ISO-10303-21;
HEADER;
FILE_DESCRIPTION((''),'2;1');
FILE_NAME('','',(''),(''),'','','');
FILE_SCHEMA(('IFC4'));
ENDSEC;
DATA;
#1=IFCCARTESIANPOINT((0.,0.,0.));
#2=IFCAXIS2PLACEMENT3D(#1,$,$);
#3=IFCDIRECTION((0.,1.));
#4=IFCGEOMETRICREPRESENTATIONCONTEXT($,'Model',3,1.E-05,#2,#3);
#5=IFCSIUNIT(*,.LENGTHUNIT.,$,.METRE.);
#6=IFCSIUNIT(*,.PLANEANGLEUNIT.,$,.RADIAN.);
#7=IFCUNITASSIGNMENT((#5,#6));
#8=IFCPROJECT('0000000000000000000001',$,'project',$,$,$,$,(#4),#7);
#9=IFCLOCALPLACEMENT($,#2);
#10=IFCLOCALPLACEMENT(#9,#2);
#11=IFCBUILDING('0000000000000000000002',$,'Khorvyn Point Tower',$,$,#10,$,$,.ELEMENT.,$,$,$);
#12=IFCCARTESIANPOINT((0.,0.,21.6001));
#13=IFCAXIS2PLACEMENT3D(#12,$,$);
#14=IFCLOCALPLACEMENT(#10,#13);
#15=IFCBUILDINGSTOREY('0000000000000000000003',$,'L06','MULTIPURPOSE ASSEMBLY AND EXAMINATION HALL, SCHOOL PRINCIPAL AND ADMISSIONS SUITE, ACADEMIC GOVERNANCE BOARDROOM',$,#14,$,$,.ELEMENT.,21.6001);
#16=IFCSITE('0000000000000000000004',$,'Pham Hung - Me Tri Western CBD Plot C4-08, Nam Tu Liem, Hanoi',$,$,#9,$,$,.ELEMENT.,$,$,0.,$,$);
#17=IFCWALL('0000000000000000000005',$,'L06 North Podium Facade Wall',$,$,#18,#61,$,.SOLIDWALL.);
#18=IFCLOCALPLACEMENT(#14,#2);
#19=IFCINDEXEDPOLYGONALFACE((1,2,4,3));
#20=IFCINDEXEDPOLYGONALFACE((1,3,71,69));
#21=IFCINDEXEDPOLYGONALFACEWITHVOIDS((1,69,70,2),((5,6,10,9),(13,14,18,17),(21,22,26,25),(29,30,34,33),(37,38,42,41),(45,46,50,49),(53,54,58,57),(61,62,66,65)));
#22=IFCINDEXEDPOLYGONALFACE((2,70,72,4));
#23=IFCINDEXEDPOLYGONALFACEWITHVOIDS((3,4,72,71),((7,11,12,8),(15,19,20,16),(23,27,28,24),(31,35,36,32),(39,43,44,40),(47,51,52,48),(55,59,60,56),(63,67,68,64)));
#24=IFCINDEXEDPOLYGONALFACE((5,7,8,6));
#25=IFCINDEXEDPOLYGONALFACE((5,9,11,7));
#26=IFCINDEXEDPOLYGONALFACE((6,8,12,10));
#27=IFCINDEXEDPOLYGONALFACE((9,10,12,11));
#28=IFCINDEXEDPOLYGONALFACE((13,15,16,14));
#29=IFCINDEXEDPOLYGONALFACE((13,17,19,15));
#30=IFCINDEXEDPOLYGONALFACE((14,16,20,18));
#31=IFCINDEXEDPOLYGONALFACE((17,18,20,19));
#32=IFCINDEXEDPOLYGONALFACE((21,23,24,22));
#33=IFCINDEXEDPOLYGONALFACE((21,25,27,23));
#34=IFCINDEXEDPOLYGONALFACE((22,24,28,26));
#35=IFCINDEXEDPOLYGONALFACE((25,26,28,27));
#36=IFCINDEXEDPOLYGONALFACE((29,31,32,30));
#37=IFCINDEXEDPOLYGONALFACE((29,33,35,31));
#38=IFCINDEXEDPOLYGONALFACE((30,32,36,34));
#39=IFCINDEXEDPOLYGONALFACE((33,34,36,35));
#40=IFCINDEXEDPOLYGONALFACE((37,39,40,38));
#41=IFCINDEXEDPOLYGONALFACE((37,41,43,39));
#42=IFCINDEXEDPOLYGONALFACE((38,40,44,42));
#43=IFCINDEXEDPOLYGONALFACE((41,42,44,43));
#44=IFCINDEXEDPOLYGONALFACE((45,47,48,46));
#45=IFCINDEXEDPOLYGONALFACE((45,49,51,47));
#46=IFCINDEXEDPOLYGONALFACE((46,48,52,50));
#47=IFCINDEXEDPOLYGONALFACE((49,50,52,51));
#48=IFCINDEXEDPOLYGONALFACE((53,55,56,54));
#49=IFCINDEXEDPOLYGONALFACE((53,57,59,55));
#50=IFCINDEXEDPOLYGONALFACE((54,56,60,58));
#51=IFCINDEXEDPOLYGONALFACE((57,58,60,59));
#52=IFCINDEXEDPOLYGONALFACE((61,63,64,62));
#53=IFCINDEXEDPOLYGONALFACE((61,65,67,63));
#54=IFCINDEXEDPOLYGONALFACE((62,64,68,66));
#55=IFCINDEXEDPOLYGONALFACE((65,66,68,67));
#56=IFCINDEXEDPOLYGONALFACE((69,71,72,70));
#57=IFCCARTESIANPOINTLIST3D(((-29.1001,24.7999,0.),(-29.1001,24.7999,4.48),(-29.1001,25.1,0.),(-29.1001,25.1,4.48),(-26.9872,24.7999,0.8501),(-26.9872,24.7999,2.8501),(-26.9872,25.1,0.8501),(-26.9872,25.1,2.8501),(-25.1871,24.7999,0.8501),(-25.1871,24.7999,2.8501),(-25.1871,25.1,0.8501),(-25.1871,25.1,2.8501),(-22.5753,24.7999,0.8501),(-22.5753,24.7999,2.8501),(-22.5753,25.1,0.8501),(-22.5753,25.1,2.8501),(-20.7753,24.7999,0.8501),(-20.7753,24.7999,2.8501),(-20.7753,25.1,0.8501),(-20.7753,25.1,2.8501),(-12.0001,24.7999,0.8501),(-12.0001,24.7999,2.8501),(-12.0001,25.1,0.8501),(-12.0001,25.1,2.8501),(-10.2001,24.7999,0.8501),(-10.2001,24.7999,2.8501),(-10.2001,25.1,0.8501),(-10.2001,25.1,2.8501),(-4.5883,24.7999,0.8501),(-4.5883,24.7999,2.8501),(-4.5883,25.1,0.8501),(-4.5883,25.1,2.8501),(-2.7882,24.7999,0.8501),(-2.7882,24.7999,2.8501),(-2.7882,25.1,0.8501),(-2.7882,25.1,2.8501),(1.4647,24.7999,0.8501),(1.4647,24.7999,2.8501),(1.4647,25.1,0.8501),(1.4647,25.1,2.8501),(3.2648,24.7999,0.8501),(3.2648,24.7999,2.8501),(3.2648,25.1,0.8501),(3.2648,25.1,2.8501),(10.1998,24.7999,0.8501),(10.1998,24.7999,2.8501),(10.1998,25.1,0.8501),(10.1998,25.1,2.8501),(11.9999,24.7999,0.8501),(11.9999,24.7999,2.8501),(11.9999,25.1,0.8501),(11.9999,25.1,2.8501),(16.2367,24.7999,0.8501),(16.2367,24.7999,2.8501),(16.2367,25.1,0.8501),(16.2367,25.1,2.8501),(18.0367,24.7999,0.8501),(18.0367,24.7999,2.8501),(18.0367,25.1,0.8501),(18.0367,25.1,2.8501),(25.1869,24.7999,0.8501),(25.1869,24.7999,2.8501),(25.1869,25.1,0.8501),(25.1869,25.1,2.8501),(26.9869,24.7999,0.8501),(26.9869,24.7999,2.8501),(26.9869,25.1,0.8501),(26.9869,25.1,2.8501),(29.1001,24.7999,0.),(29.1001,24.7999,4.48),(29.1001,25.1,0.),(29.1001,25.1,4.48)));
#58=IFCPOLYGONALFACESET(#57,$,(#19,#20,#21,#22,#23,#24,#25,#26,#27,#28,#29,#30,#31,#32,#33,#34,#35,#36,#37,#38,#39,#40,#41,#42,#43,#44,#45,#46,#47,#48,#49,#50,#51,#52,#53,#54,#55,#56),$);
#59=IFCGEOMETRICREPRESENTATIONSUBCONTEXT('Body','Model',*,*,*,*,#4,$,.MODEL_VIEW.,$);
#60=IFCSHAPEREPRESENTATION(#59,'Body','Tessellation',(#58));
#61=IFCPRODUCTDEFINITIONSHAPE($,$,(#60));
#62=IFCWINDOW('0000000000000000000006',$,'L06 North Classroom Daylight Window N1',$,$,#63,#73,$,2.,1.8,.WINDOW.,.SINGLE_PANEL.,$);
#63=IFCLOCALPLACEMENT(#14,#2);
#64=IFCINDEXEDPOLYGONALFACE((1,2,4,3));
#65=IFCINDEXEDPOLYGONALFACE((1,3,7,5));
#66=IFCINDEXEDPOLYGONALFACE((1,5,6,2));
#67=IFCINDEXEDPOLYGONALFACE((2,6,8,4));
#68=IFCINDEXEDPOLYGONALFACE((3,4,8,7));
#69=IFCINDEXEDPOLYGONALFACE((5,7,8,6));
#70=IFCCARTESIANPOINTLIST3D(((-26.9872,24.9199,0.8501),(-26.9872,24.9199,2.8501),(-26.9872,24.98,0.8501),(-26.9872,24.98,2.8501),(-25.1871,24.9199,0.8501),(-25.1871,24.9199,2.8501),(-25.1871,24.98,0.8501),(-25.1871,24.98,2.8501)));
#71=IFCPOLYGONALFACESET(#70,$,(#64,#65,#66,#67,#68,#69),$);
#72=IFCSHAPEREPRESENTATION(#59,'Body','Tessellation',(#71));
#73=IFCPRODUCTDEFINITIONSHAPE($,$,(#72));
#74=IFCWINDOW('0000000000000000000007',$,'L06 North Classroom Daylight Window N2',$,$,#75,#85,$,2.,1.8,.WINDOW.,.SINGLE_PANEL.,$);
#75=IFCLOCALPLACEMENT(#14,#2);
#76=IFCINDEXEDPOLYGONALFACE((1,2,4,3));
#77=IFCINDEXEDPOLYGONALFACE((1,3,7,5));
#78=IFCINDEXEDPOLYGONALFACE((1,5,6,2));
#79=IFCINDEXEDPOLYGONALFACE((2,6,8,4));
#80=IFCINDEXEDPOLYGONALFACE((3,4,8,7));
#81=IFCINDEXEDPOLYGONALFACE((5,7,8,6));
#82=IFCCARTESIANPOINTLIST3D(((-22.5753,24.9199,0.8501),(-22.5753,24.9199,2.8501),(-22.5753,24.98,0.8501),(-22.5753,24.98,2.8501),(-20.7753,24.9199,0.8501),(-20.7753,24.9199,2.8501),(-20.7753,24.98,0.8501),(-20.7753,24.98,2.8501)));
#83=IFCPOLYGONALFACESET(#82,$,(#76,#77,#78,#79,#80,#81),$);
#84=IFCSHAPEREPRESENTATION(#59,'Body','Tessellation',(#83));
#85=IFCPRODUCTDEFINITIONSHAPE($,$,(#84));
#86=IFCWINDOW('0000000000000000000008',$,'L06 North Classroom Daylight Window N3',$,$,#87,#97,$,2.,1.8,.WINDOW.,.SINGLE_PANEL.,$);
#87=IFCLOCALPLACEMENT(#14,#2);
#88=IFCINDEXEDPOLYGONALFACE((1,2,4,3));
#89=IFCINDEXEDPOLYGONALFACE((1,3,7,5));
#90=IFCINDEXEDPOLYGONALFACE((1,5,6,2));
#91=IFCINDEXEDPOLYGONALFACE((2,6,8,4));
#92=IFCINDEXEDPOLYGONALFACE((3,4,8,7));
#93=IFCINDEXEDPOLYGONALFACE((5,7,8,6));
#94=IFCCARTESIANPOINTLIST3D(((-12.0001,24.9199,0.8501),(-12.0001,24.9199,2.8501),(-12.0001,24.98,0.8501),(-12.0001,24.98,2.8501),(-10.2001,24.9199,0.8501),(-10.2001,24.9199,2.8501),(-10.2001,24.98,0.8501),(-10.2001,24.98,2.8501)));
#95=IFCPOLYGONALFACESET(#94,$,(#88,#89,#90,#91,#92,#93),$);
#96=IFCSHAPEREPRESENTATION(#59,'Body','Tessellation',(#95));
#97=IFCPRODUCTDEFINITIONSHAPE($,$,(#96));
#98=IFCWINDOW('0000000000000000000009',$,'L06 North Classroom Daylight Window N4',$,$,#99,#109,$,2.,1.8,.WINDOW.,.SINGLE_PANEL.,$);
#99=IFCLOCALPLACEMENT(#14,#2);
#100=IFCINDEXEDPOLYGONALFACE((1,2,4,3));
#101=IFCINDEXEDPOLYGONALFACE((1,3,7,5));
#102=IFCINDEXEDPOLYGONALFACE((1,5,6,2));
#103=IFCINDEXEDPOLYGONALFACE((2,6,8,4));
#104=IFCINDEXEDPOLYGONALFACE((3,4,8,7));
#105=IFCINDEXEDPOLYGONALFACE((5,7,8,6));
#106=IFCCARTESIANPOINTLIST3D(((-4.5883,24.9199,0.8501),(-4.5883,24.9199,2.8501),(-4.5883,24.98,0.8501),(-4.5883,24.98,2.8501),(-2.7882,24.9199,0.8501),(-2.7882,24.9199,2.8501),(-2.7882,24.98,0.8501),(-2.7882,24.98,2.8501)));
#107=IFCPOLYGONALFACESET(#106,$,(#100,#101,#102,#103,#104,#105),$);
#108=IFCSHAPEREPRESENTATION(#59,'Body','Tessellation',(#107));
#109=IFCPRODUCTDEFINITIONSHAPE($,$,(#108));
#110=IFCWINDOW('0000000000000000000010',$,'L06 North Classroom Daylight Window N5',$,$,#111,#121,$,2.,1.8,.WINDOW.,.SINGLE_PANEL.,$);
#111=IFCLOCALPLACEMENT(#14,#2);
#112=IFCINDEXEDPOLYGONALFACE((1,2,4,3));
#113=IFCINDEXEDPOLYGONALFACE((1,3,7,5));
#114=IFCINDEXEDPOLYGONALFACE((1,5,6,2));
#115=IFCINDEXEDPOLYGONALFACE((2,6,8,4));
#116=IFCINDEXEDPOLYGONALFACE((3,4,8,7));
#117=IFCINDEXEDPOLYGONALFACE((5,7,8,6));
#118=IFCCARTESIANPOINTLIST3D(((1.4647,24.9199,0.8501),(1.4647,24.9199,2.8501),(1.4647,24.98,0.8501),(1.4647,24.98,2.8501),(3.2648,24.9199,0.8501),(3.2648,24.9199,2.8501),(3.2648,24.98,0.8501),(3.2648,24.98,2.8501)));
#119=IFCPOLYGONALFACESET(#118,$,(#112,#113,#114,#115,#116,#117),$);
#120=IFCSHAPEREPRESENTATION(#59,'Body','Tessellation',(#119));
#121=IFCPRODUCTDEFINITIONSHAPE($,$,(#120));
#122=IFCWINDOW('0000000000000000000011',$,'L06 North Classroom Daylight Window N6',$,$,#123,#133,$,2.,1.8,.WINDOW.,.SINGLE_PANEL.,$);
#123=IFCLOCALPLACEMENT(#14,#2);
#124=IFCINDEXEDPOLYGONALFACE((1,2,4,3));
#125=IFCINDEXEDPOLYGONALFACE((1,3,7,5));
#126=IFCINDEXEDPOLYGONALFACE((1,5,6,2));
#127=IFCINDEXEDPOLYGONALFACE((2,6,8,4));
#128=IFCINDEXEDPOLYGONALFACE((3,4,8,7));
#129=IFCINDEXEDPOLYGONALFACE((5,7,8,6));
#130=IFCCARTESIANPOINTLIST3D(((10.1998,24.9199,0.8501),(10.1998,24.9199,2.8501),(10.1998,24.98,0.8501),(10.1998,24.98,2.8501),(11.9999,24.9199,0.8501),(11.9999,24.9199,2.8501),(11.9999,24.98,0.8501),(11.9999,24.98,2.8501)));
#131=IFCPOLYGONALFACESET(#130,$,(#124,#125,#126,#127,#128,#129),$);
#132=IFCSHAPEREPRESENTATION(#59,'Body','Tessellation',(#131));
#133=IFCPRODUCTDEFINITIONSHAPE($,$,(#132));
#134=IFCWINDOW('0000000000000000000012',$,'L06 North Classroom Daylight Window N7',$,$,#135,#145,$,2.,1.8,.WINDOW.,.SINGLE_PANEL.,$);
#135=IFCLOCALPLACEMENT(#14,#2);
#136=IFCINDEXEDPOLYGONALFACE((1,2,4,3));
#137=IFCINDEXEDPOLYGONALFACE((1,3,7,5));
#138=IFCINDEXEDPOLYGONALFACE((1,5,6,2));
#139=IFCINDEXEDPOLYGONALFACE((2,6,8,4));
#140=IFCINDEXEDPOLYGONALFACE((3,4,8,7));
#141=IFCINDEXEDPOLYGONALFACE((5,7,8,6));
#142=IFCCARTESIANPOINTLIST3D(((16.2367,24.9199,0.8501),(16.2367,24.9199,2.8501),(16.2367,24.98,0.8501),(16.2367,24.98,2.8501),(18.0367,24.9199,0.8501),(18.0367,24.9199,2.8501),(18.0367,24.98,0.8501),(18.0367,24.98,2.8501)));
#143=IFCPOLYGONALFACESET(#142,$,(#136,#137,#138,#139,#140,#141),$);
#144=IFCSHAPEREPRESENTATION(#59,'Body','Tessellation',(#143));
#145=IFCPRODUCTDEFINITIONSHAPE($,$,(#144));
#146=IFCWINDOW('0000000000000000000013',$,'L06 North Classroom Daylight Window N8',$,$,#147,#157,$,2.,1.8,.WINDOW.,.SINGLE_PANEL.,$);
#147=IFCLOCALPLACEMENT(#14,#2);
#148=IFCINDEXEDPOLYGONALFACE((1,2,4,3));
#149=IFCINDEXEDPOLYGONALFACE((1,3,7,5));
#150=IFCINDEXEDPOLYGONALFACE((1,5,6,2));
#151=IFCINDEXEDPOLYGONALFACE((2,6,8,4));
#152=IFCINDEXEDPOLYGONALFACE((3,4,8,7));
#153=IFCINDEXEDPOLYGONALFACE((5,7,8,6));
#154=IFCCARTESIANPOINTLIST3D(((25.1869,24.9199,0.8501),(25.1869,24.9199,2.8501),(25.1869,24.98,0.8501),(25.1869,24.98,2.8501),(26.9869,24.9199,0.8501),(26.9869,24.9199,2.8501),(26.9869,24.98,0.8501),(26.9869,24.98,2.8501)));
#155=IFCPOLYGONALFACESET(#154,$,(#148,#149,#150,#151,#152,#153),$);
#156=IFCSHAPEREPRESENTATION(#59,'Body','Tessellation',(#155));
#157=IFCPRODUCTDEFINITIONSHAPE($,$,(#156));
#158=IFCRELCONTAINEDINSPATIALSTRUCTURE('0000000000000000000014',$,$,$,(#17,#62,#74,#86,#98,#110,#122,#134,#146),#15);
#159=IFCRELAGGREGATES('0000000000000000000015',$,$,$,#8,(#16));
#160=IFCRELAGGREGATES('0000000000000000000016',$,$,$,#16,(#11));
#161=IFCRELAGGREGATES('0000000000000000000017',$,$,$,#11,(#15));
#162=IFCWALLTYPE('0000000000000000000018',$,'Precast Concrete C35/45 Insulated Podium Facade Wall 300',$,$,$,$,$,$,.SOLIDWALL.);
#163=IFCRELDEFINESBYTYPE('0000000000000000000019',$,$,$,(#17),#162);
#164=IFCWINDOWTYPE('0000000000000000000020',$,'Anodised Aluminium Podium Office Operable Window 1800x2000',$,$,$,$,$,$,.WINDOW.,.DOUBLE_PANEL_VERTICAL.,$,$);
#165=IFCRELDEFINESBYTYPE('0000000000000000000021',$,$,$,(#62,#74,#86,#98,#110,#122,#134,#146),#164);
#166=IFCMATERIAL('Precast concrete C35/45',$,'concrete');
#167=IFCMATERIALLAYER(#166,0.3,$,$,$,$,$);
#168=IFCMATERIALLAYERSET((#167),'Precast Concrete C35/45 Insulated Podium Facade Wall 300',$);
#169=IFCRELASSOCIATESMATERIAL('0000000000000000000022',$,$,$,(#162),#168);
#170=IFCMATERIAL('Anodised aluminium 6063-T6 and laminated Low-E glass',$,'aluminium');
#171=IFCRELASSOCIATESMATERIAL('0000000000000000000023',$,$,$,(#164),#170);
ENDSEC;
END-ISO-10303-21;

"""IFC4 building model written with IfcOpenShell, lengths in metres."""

from ifc_helpers import new_model, si_unit, direction, frame, frame_2d, origin, place, context, subcontext, project, spatial, rectangle, extrude, material, layer, layer_set, type_object, element, fill, save


model = new_model("IFC4")

# Units and contexts
model_context = context("Model", 3, precision=1e-05, world=origin(), true_north=direction((0.0, 1.0)))
body_context = subcontext(model_context, "Body", "Model", "MODEL_VIEW")
ifc_project = project(units=[si_unit("LENGTHUNIT", "METRE"), si_unit("PLANEANGLEUNIT", "RADIAN")], contexts=[model_context])

# Site, building, storey
site_placement = place(None, origin())
site = spatial("IfcSite", under=ifc_project, at=site_placement, Name="Pham Hung - Me Tri Western CBD Plot C4-08, Nam Tu Liem, Hanoi", CompositionType="ELEMENT", RefElevation=0.0)
building_placement = place(site_placement, origin())
building = spatial("IfcBuilding", under=site, at=building_placement, Name="Khorvyn Point Tower", CompositionType="ELEMENT")
storey_placement = place(building_placement, frame((0.0, 0.0, 21.6001)))
storey = spatial("IfcBuildingStorey", under=building, at=storey_placement, Name="L06", Description="MULTIPURPOSE ASSEMBLY AND EXAMINATION HALL, SCHOOL PRINCIPAL AND ADMISSIONS SUITE, ACADEMIC GOVERNANCE BOARDROOM", CompositionType="ELEMENT", Elevation=21.6001)

# Shared definitions
ifc_material_1 = material(Name="Anodised aluminium 6063-T6 and laminated Low-E glass", Category="aluminium")

# Wall, openings, windows
ifc_material_2 = material(Name="Precast concrete C35/45", Category="concrete")
ifc_layer_1 = layer(ifc_material_2, 0.3)
ifc_layer_set_1 = layer_set([ifc_layer_1], Name="Precast Concrete C35/45 Insulated Podium Facade Wall 300")
wall_type_1 = type_object("IfcWallType", Name="Precast Concrete C35/45 Insulated Podium Facade Wall 300", PredefinedType="SOLIDWALL", material=ifc_layer_set_1)
wall_1_placement = place(storey_placement, frame((-29.1001, 24.95, 0.0), z_axis=(0.0, 0.0, 1.0), x_axis=(1.0, 0.0, 0.0)))
wall_1 = element("IfcWall", 1, at=wall_1_placement, inside=storey, type_object=wall_type_1, Name="L06 North Podium Facade Wall", PredefinedType="SOLIDWALL", context=body_context, shape_type="SweptSolid", body=[
    extrude(rectangle(XDim=58.2002, YDim=0.3, at=frame_2d((29.1001, 0.0))), origin(), (0.0, 0.0, 1.0), 4.48),
])
opening_1_placement = place(wall_1_placement, frame((2.113, 0.0, 0.8501)))
opening_1 = element("IfcOpeningElement", 2, at=opening_1_placement, cuts=wall_1, PredefinedType="OPENING", context=body_context, shape_type="SweptSolid", body=[
    extrude(rectangle(XDim=1.8, YDim=2.0, at=frame_2d((0.8999, 1.0))), frame((0.0, 0.1599, 0.0), z_axis=(0.0, -1.0, 0.0), x_axis=(1.0, 0.0, 0.0)), (0.0, 0.0, 1.0), 0.3201),
])
opening_2_placement = place(wall_1_placement, frame((6.5249, 0.0, 0.8501)))
opening_2 = element("IfcOpeningElement", 3, at=opening_2_placement, cuts=wall_1, PredefinedType="OPENING", context=body_context, shape_type="SweptSolid", body=[
    extrude(rectangle(XDim=1.8, YDim=2.0, at=frame_2d((0.8999, 1.0))), frame((0.0, 0.1599, 0.0), z_axis=(0.0, -1.0, 0.0), x_axis=(1.0, 0.0, 0.0)), (0.0, 0.0, 1.0), 0.3201),
])
opening_3_placement = place(wall_1_placement, frame((17.1001, 0.0, 0.8501)))
opening_3 = element("IfcOpeningElement", 4, at=opening_3_placement, cuts=wall_1, PredefinedType="OPENING", context=body_context, shape_type="SweptSolid", body=[
    extrude(rectangle(XDim=1.8, YDim=2.0, at=frame_2d((0.8999, 1.0))), frame((0.0, 0.1599, 0.0), z_axis=(0.0, -1.0, 0.0), x_axis=(1.0, 0.0, 0.0)), (0.0, 0.0, 1.0), 0.3201),
])
opening_4_placement = place(wall_1_placement, frame((24.512, 0.0, 0.8501)))
opening_4 = element("IfcOpeningElement", 5, at=opening_4_placement, cuts=wall_1, PredefinedType="OPENING", context=body_context, shape_type="SweptSolid", body=[
    extrude(rectangle(XDim=1.8, YDim=2.0, at=frame_2d((0.8999, 1.0))), frame((0.0, 0.1599, 0.0), z_axis=(0.0, -1.0, 0.0), x_axis=(1.0, 0.0, 0.0)), (0.0, 0.0, 1.0), 0.3201),
])
opening_5_placement = place(wall_1_placement, frame((30.5649, 0.0, 0.8501)))
opening_5 = element("IfcOpeningElement", 6, at=opening_5_placement, cuts=wall_1, PredefinedType="OPENING", context=body_context, shape_type="SweptSolid", body=[
    extrude(rectangle(XDim=1.8, YDim=2.0, at=frame_2d((0.8999, 1.0))), frame((0.0, 0.1599, 0.0), z_axis=(0.0, -1.0, 0.0), x_axis=(1.0, 0.0, 0.0)), (0.0, 0.0, 1.0), 0.3201),
])
opening_6_placement = place(wall_1_placement, frame((39.3, 0.0, 0.8501)))
opening_6 = element("IfcOpeningElement", 7, at=opening_6_placement, cuts=wall_1, PredefinedType="OPENING", context=body_context, shape_type="SweptSolid", body=[
    extrude(rectangle(XDim=1.8, YDim=2.0, at=frame_2d((0.8999, 1.0))), frame((0.0, 0.1599, 0.0), z_axis=(0.0, -1.0, 0.0), x_axis=(1.0, 0.0, 0.0)), (0.0, 0.0, 1.0), 0.3201),
])
opening_7_placement = place(wall_1_placement, frame((45.3369, 0.0, 0.8501)))
opening_7 = element("IfcOpeningElement", 8, at=opening_7_placement, cuts=wall_1, PredefinedType="OPENING", context=body_context, shape_type="SweptSolid", body=[
    extrude(rectangle(XDim=1.8, YDim=2.0, at=frame_2d((0.8999, 1.0))), frame((0.0, 0.1599, 0.0), z_axis=(0.0, -1.0, 0.0), x_axis=(1.0, 0.0, 0.0)), (0.0, 0.0, 1.0), 0.3201),
])
opening_8_placement = place(wall_1_placement, frame((54.2871, 0.0, 0.8501)))
opening_8 = element("IfcOpeningElement", 9, at=opening_8_placement, cuts=wall_1, PredefinedType="OPENING", context=body_context, shape_type="SweptSolid", body=[
    extrude(rectangle(XDim=1.8, YDim=2.0, at=frame_2d((0.8999, 1.0))), frame((0.0, 0.1599, 0.0), z_axis=(0.0, -1.0, 0.0), x_axis=(1.0, 0.0, 0.0)), (0.0, 0.0, 1.0), 0.3201),
])
window_type_1 = type_object("IfcWindowType", Name="Anodised Aluminium Podium Office Operable Window 1800x2000", PartitioningType="DOUBLE_PANEL_VERTICAL", PredefinedType="WINDOW", material=ifc_material_1)
window_1_placement = place(opening_1_placement, origin())
window_1 = element("IfcWindow", 10, at=window_1_placement, inside=storey, type_object=window_type_1, Name="L06 North Classroom Daylight Window N1", OverallHeight=2.0, OverallWidth=1.8, PartitioningType="SINGLE_PANEL", PredefinedType="WINDOW", context=body_context, shape_type="SweptSolid", body=[
    extrude(rectangle(XDim=1.8, YDim=2.0, at=frame_2d((0.8999, 1.0))), frame((0.0, 0.03, 0.0), z_axis=(0.0, -1.0, 0.0), x_axis=(1.0, 0.0, 0.0)), (0.0, 0.0, 1.0), 0.0601),
])
fill(opening_1, window_1)
window_2_placement = place(opening_2_placement, origin())
window_2 = element("IfcWindow", 11, at=window_2_placement, inside=storey, type_object=window_type_1, Name="L06 North Classroom Daylight Window N2", OverallHeight=2.0, OverallWidth=1.8, PartitioningType="SINGLE_PANEL", PredefinedType="WINDOW", context=body_context, shape_type="SweptSolid", body=[
    extrude(rectangle(XDim=1.8, YDim=2.0, at=frame_2d((0.8999, 1.0))), frame((0.0, 0.03, 0.0), z_axis=(0.0, -1.0, 0.0), x_axis=(1.0, 0.0, 0.0)), (0.0, 0.0, 1.0), 0.0601),
])
fill(opening_2, window_2)
window_3_placement = place(opening_3_placement, origin())
window_3 = element("IfcWindow", 12, at=window_3_placement, inside=storey, type_object=window_type_1, Name="L06 North Classroom Daylight Window N3", OverallHeight=2.0, OverallWidth=1.8, PartitioningType="SINGLE_PANEL", PredefinedType="WINDOW", context=body_context, shape_type="SweptSolid", body=[
    extrude(rectangle(XDim=1.8, YDim=2.0, at=frame_2d((0.8999, 1.0))), frame((0.0, 0.03, 0.0), z_axis=(0.0, -1.0, 0.0), x_axis=(1.0, 0.0, 0.0)), (0.0, 0.0, 1.0), 0.0601),
])
fill(opening_3, window_3)
window_4_placement = place(opening_4_placement, origin())
window_4 = element("IfcWindow", 13, at=window_4_placement, inside=storey, type_object=window_type_1, Name="L06 North Classroom Daylight Window N4", OverallHeight=2.0, OverallWidth=1.8, PartitioningType="SINGLE_PANEL", PredefinedType="WINDOW", context=body_context, shape_type="SweptSolid", body=[
    extrude(rectangle(XDim=1.8, YDim=2.0, at=frame_2d((0.8999, 1.0))), frame((0.0, 0.03, 0.0), z_axis=(0.0, -1.0, 0.0), x_axis=(1.0, 0.0, 0.0)), (0.0, 0.0, 1.0), 0.0601),
])
fill(opening_4, window_4)
window_5_placement = place(opening_5_placement, origin())
window_5 = element("IfcWindow", 14, at=window_5_placement, inside=storey, type_object=window_type_1, Name="L06 North Classroom Daylight Window N5", OverallHeight=2.0, OverallWidth=1.8, PartitioningType="SINGLE_PANEL", PredefinedType="WINDOW", context=body_context, shape_type="SweptSolid", body=[
    extrude(rectangle(XDim=1.8, YDim=2.0, at=frame_2d((0.8999, 1.0))), frame((0.0, 0.03, 0.0), z_axis=(0.0, -1.0, 0.0), x_axis=(1.0, 0.0, 0.0)), (0.0, 0.0, 1.0), 0.0601),
])
fill(opening_5, window_5)
window_6_placement = place(opening_6_placement, origin())
window_6 = element("IfcWindow", 15, at=window_6_placement, inside=storey, type_object=window_type_1, Name="L06 North Classroom Daylight Window N6", OverallHeight=2.0, OverallWidth=1.8, PartitioningType="SINGLE_PANEL", PredefinedType="WINDOW", context=body_context, shape_type="SweptSolid", body=[
    extrude(rectangle(XDim=1.8, YDim=2.0, at=frame_2d((0.8999, 1.0))), frame((0.0, 0.03, 0.0), z_axis=(0.0, -1.0, 0.0), x_axis=(1.0, 0.0, 0.0)), (0.0, 0.0, 1.0), 0.0601),
])
fill(opening_6, window_6)
window_7_placement = place(opening_7_placement, origin())
window_7 = element("IfcWindow", 16, at=window_7_placement, inside=storey, type_object=window_type_1, Name="L06 North Classroom Daylight Window N7", OverallHeight=2.0, OverallWidth=1.8, PartitioningType="SINGLE_PANEL", PredefinedType="WINDOW", context=body_context, shape_type="SweptSolid", body=[
    extrude(rectangle(XDim=1.8, YDim=2.0, at=frame_2d((0.8999, 1.0))), frame((0.0, 0.03, 0.0), z_axis=(0.0, -1.0, 0.0), x_axis=(1.0, 0.0, 0.0)), (0.0, 0.0, 1.0), 0.0601),
])
fill(opening_7, window_7)
window_8_placement = place(opening_8_placement, origin())
window_8 = element("IfcWindow", 17, at=window_8_placement, inside=storey, type_object=window_type_1, Name="L06 North Classroom Daylight Window N8", OverallHeight=2.0, OverallWidth=1.8, PartitioningType="SINGLE_PANEL", PredefinedType="WINDOW", context=body_context, shape_type="SweptSolid", body=[
    extrude(rectangle(XDim=1.8, YDim=2.0, at=frame_2d((0.8999, 1.0))), frame((0.0, 0.03, 0.0), z_axis=(0.0, -1.0, 0.0), x_axis=(1.0, 0.0, 0.0)), (0.0, 0.0, 1.0), 0.0601),
])
fill(opening_8, window_8)

save(model, "model.ifc")
